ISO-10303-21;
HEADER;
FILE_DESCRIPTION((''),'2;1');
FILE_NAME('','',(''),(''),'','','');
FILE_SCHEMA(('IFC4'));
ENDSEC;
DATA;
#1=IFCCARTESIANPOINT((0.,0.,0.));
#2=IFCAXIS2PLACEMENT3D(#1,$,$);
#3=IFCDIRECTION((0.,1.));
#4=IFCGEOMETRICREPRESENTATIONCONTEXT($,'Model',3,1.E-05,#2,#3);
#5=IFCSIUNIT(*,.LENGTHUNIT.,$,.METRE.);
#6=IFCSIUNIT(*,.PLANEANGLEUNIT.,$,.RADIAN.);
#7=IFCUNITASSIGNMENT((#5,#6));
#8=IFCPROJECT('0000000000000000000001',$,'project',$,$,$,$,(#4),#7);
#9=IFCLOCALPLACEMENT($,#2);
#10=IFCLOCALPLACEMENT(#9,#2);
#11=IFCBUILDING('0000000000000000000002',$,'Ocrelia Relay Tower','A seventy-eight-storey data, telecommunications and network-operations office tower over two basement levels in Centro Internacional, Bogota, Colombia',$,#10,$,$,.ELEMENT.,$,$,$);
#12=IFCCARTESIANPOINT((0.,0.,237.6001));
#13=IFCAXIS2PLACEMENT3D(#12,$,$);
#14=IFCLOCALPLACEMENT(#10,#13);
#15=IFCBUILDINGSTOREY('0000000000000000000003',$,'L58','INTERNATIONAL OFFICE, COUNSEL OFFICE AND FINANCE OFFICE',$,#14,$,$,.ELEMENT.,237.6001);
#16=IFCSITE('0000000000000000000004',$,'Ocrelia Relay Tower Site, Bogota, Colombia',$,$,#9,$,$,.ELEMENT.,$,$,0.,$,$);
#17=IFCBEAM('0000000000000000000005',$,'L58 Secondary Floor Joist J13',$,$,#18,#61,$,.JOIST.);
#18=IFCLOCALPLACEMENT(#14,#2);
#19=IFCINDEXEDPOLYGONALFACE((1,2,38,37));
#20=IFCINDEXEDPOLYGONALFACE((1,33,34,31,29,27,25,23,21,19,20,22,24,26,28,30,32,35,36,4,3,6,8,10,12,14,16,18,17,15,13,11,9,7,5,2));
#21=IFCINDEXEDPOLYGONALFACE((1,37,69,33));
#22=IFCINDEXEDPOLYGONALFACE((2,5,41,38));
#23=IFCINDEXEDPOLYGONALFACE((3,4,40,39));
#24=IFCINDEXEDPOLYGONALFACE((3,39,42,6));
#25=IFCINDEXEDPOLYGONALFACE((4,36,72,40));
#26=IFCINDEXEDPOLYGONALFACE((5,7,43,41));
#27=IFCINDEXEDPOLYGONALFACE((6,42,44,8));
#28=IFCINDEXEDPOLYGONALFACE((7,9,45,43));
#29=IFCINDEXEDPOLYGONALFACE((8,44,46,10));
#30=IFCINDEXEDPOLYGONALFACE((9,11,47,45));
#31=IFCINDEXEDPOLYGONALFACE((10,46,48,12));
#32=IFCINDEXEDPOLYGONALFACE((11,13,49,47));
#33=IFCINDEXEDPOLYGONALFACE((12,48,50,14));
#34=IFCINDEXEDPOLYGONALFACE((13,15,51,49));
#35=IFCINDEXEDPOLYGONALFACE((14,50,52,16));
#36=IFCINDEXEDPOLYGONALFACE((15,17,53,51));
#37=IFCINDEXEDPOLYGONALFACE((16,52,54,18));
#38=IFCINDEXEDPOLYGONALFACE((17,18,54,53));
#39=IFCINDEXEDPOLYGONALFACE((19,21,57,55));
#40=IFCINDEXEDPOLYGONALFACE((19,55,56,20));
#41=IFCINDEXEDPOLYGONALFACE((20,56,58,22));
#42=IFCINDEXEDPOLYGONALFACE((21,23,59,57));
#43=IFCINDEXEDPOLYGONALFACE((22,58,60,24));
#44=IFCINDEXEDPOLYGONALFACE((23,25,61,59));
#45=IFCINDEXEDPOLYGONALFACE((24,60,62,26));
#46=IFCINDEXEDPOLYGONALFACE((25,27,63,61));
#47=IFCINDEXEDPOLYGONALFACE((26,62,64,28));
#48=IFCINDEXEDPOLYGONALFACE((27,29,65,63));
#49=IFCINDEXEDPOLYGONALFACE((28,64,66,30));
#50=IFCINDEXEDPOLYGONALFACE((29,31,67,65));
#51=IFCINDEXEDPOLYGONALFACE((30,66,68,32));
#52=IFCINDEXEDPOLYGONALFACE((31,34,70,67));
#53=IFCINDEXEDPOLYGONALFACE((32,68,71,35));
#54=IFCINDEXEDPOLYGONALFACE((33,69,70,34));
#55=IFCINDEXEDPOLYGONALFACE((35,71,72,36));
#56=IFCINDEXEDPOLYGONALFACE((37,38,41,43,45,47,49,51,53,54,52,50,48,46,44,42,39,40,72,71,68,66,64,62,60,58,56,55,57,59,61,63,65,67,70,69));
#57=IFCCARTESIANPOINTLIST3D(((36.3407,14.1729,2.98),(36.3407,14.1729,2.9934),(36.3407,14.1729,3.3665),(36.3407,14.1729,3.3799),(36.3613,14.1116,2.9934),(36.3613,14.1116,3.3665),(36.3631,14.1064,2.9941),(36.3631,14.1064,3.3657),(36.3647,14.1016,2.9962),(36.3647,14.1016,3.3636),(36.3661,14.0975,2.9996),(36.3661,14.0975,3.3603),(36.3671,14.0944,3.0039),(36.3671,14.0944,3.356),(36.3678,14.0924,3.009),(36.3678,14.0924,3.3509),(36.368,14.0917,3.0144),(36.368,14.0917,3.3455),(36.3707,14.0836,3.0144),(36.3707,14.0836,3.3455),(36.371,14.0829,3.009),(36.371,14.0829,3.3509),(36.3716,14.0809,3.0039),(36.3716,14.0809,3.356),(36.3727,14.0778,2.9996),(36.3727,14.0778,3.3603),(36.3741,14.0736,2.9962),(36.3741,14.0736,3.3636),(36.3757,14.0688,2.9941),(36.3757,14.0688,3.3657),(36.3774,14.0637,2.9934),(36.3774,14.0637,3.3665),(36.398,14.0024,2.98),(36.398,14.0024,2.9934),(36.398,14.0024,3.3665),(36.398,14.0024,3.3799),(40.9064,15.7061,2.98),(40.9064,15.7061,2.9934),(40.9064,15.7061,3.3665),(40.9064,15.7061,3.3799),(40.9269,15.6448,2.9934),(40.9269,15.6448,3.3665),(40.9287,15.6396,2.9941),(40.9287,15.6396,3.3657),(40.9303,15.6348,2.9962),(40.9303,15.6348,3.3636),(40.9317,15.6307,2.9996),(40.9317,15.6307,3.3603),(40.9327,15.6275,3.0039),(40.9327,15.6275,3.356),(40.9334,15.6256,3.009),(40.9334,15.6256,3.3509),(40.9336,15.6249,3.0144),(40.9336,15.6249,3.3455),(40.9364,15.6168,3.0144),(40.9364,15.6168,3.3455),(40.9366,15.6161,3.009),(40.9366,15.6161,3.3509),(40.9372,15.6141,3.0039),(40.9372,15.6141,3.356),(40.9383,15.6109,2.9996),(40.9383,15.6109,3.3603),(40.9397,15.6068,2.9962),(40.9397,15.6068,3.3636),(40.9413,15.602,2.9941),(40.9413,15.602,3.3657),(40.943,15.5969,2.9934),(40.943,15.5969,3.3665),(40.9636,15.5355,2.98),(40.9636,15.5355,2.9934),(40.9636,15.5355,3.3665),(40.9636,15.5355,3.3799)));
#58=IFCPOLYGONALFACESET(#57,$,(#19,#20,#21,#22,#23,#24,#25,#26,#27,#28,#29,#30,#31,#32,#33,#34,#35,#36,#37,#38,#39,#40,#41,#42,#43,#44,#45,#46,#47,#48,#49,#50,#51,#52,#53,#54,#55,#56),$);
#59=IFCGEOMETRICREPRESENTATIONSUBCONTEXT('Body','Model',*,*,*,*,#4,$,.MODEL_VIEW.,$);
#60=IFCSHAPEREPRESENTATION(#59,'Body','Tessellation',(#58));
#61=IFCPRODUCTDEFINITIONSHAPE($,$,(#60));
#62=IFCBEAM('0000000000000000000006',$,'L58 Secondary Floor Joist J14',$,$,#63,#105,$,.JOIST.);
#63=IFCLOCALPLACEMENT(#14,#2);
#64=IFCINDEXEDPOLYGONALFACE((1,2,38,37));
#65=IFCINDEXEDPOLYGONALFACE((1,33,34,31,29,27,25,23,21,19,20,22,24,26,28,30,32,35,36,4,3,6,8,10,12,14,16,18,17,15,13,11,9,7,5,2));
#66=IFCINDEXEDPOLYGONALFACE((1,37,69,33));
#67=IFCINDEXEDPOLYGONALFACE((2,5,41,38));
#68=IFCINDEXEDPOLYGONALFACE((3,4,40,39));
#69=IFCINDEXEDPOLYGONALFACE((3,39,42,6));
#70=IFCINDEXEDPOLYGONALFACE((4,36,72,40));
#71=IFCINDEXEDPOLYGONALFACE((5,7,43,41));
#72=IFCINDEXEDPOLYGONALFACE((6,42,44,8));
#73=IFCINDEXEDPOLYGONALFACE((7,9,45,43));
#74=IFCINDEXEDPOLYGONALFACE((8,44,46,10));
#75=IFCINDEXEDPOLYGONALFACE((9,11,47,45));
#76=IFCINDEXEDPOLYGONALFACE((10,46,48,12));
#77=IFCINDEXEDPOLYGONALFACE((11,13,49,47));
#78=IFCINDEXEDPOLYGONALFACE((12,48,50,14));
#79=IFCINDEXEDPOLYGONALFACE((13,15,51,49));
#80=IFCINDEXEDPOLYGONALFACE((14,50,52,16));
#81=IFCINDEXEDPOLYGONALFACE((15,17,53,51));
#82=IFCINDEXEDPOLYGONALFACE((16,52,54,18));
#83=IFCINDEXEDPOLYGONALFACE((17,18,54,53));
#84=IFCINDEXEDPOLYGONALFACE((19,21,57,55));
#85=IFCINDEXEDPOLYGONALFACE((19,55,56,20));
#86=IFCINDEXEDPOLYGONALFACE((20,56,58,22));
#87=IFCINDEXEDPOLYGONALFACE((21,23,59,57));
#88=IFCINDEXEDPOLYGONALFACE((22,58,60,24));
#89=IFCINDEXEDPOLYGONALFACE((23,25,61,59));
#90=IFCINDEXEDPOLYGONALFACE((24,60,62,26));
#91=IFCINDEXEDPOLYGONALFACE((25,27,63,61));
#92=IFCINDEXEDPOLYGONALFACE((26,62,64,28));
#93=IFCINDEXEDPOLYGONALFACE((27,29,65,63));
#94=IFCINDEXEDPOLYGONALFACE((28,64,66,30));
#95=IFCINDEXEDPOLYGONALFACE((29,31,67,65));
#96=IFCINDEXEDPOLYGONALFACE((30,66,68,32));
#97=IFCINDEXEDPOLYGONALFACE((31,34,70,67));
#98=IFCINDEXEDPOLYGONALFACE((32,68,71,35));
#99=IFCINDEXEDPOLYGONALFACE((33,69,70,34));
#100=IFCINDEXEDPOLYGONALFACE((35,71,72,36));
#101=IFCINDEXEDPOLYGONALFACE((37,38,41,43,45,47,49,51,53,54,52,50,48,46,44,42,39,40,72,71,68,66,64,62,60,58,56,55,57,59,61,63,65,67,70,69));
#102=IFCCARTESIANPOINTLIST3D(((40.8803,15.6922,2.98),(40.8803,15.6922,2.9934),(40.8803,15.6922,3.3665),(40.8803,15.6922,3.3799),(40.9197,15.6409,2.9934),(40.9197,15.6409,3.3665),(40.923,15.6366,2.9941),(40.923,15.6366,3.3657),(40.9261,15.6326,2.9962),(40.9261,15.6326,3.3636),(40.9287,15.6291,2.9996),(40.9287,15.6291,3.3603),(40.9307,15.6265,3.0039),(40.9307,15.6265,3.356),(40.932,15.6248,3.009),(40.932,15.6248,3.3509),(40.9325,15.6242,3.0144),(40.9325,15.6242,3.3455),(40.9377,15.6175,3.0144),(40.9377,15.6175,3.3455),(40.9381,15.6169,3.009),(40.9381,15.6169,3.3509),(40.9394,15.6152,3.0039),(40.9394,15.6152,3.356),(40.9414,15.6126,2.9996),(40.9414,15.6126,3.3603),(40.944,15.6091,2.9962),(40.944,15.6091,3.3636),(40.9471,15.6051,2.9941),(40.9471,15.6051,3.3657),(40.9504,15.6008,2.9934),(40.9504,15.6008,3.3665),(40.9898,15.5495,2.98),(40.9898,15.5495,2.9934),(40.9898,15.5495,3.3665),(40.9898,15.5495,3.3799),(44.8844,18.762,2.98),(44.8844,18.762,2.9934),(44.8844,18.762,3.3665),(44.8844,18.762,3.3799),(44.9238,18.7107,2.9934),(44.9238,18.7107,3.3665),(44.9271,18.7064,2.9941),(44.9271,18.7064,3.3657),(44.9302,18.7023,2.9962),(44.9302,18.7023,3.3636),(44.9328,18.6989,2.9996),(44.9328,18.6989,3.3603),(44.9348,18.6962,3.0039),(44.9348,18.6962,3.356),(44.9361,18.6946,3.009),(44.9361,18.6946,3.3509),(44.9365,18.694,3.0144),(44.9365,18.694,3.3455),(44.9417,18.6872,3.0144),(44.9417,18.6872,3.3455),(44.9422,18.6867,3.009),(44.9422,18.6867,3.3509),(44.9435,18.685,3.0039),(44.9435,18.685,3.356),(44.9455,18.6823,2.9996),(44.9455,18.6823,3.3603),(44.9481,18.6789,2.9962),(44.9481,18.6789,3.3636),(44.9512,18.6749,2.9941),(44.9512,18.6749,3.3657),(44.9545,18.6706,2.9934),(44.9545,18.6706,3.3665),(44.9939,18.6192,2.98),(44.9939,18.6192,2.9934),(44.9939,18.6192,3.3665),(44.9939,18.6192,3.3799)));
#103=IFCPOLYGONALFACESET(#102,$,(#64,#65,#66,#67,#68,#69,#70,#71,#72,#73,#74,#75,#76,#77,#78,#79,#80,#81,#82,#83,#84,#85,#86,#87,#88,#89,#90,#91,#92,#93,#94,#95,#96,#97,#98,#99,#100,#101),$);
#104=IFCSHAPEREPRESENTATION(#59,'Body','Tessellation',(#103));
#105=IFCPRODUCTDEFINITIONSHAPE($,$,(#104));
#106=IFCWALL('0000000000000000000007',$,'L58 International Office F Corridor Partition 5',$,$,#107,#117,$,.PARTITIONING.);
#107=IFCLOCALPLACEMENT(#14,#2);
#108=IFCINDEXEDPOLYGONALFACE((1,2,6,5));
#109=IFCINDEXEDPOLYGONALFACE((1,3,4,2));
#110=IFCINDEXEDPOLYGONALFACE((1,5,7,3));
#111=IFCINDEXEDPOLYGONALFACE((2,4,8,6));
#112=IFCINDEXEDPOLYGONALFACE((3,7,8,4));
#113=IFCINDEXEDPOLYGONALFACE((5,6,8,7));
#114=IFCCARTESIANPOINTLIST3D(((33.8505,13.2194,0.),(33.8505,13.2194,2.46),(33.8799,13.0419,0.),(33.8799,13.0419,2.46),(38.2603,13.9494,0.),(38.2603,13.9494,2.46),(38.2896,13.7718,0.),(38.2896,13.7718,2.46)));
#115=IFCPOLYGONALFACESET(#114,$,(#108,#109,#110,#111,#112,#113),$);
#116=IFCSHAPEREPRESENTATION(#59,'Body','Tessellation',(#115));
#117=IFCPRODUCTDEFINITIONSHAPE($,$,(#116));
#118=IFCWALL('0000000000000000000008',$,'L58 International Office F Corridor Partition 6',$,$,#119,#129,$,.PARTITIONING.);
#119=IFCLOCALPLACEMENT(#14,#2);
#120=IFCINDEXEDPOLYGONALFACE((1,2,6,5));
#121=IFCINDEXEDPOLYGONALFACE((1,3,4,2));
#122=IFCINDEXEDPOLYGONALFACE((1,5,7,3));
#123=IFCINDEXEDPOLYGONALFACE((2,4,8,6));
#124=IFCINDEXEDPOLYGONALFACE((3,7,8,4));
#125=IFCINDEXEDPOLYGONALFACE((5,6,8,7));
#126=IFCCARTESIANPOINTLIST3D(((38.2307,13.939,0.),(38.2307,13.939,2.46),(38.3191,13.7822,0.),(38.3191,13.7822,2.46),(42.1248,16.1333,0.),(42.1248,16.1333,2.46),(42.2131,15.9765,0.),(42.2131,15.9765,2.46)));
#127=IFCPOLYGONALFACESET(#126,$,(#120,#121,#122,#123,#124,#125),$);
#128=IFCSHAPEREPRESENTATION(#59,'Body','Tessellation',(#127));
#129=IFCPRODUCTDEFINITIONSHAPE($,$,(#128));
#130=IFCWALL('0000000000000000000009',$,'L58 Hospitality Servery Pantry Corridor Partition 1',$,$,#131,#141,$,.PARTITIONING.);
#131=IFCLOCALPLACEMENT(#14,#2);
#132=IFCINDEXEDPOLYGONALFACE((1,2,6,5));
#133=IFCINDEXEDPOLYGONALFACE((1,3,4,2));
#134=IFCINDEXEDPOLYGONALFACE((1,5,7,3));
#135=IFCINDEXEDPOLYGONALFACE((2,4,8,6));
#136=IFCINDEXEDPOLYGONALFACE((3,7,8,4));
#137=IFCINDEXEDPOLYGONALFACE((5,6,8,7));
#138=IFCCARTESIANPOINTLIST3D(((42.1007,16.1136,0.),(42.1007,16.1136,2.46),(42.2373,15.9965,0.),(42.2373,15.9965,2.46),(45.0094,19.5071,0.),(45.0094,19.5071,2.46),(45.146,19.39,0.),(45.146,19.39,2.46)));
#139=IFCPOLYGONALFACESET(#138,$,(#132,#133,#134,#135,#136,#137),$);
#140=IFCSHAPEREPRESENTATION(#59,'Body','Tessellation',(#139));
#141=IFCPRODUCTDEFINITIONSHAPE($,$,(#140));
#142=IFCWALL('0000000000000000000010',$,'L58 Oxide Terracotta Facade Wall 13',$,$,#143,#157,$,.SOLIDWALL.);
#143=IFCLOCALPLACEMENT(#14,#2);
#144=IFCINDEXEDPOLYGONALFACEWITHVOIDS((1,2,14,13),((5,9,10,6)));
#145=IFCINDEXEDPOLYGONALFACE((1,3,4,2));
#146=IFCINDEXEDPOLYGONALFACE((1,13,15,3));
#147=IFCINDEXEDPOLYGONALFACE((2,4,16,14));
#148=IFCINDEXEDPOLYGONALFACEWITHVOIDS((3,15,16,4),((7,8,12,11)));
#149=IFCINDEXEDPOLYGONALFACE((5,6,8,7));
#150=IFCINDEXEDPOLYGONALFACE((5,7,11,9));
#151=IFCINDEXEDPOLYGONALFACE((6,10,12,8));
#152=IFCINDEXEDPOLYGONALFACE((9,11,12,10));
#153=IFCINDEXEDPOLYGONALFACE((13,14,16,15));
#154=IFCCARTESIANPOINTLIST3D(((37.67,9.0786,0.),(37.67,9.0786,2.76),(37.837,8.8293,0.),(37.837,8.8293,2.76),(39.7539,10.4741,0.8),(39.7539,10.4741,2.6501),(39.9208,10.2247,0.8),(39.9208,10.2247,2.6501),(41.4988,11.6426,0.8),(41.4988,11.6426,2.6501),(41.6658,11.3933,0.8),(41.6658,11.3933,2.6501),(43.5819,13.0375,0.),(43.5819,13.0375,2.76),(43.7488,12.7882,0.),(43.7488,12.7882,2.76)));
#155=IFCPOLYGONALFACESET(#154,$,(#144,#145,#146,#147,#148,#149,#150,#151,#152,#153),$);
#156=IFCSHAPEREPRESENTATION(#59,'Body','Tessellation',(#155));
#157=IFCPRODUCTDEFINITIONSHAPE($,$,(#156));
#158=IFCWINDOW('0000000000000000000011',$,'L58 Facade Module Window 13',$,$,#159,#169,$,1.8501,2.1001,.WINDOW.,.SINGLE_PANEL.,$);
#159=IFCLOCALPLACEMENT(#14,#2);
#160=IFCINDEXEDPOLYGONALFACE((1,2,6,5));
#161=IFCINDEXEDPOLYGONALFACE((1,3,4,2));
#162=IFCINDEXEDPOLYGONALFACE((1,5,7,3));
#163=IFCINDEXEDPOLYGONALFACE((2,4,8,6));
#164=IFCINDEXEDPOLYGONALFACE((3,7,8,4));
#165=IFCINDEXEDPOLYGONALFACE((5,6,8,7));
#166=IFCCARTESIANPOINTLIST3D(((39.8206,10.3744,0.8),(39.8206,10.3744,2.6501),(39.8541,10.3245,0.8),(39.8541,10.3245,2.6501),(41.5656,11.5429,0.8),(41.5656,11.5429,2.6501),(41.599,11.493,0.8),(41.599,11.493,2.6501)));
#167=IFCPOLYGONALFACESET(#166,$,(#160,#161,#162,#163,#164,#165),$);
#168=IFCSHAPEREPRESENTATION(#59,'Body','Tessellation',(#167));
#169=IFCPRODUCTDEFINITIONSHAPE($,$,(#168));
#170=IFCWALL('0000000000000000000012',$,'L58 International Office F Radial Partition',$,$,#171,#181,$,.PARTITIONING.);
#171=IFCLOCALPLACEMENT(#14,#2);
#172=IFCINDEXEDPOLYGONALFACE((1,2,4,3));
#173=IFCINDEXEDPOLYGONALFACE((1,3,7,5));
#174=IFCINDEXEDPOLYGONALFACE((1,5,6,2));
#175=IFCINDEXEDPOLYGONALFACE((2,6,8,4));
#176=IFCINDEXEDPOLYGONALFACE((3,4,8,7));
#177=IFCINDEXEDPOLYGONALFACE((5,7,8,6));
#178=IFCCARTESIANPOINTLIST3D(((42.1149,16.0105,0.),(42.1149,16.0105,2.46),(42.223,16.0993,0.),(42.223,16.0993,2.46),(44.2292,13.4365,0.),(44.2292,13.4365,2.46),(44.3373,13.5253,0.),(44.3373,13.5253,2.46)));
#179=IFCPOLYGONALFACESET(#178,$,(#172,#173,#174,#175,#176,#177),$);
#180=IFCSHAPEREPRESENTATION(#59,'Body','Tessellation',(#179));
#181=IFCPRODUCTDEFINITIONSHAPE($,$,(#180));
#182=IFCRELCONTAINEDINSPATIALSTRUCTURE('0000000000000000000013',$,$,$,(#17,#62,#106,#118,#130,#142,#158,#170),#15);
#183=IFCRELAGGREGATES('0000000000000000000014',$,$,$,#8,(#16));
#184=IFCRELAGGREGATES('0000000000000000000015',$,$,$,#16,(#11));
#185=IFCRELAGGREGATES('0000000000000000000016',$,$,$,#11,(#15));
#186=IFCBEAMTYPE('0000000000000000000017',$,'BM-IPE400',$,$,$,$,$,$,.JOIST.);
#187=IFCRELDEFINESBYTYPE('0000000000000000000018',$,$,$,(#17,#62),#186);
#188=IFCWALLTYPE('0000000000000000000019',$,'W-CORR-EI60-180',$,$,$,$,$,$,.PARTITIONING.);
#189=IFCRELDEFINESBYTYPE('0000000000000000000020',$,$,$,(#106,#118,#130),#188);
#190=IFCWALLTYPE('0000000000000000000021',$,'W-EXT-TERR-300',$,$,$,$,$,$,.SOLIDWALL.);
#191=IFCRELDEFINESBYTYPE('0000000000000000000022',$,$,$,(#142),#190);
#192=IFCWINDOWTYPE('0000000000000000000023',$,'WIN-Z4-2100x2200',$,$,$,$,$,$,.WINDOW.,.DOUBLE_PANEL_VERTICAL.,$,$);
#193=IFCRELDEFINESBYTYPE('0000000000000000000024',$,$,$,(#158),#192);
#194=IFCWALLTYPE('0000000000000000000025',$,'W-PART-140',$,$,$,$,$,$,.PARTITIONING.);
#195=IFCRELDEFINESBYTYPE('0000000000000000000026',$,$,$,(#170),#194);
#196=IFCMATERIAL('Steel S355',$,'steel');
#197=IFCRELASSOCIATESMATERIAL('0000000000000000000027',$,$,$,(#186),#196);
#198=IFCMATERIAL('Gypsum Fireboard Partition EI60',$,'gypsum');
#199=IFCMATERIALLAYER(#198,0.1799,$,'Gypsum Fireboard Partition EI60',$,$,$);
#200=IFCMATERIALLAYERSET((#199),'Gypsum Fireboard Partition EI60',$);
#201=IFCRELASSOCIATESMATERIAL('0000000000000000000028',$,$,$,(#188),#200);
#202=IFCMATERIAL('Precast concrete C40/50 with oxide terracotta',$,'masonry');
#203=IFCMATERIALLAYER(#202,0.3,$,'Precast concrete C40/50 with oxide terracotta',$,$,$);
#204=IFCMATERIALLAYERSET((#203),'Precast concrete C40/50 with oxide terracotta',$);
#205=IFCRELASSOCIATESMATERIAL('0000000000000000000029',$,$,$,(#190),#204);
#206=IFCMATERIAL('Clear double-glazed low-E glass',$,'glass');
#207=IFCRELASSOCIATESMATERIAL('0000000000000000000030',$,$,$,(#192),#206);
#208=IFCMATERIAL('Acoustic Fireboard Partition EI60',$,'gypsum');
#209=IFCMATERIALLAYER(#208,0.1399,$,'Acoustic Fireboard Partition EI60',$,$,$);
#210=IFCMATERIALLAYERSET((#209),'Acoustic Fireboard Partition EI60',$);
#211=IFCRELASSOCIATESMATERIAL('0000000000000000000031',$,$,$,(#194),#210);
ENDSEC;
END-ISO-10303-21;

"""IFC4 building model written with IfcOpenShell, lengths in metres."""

from ifc_helpers import new_model, si_unit, direction, frame, frame_2d, origin, origin_2d, place, context, subcontext, project, spatial, rectangle, i_section, extrude, material, layer, layer_set, material_profile, profile_set, type_object, element, fill, save


model = new_model("IFC4")

# Units and contexts
model_context = context("Model", 3, precision=1e-05, world=origin(), true_north=direction((0.0, 1.0)))
body_context = subcontext(model_context, "Body", "Model", "MODEL_VIEW")
ifc_project = project(units=[si_unit("LENGTHUNIT", "METRE"), si_unit("PLANEANGLEUNIT", "RADIAN")], contexts=[model_context])

# Site, building, storey
site_placement = place(None, origin())
site = spatial("IfcSite", under=ifc_project, at=site_placement, Name="Ocrelia Relay Tower Site, Bogota, Colombia", CompositionType="ELEMENT", RefElevation=0.0)
building_placement = place(site_placement, origin())
building = spatial("IfcBuilding", under=site, at=building_placement, Name="Ocrelia Relay Tower", Description="A seventy-eight-storey data, telecommunications and network-operations office tower over two basement levels in Centro Internacional, Bogota, Colombia", CompositionType="ELEMENT")
storey_placement = place(building_placement, frame((0.0, 0.0, 237.6001)))
storey = spatial("IfcBuildingStorey", under=building, at=storey_placement, Name="L58", Description="INTERNATIONAL OFFICE, COUNSEL OFFICE AND FINANCE OFFICE", CompositionType="ELEMENT", Elevation=237.6001)

# Beams
ifc_material_1 = material(Name="Steel S355", Category="steel")
ifc_material_profile_1 = material_profile(ifc_material_1, i_section(OverallWidth=0.1799, OverallDepth=0.3999, WebThickness=0.0085, FlangeThickness=0.0134, FilletRadius=0.021, at=origin_2d()), Name="IPE 400")
ifc_profile_set_1 = profile_set([ifc_material_profile_1], Name="Steel S355")
beam_type_1 = type_object("IfcBeamType", Name="BM-IPE400", PredefinedType="JOIST", material=ifc_profile_set_1)
beam_1_placement = place(storey_placement, frame((36.3694, 14.0876, 3.1799), z_axis=(0.947976, 0.318341, 0.0), x_axis=(-0.318341, 0.947976, 0.0)))
element("IfcBeam", 1, at=beam_1_placement, inside=storey, type_object=beam_type_1, Name="L58 Secondary Floor Joist J13", PredefinedType="JOIST", context=body_context, shape_type="SweptSolid", body=[
    extrude(i_section(OverallWidth=0.1799, OverallDepth=0.3999, WebThickness=0.0085, FlangeThickness=0.0134, FilletRadius=0.021, at=origin_2d()), origin(), (0.0, 0.0, 1.0), 4.8162),
])
beam_2_placement = place(storey_placement, frame((40.9351, 15.6208, 3.1799), z_axis=(0.793609, 0.608428, 0.0), x_axis=(-0.608428, 0.793609, 0.0)))
element("IfcBeam", 2, at=beam_2_placement, inside=storey, type_object=beam_type_1, Name="L58 Secondary Floor Joist J14", PredefinedType="JOIST", context=body_context, shape_type="SweptSolid", body=[
    extrude(i_section(OverallWidth=0.1799, OverallDepth=0.3999, WebThickness=0.0085, FlangeThickness=0.0134, FilletRadius=0.021, at=origin_2d()), origin(), (0.0, 0.0, 1.0), 5.0454),
])

# Walls
ifc_material_2 = material(Name="Gypsum Fireboard Partition EI60", Category="gypsum")
ifc_layer_1 = layer(ifc_material_2, 0.1799, Name="Gypsum Fireboard Partition EI60")
ifc_layer_set_1 = layer_set([ifc_layer_1], Name="Gypsum Fireboard Partition EI60")
wall_type_1 = type_object("IfcWallType", Name="W-CORR-EI60-180", PredefinedType="PARTITIONING", material=ifc_layer_set_1)
for number, where, z_axis, x_axis, name in (
    (3, (33.8652, 13.1306, 0.0), (0.0, 0.0, 1.0), (0.986573, 0.163318, 0.0), "L58 International Office F Corridor Partition 5"),
    (4, (38.2749, 13.8606, 0.0), (0.0, 0.0, 1.0), (0.871199, 0.49093, 0.0), "L58 International Office F Corridor Partition 6"),
):
    element("IfcWall", number, at=place(storey_placement, frame(where, z_axis=z_axis, x_axis=x_axis)), inside=storey, type_object=wall_type_1, Name=name, PredefinedType="PARTITIONING", context=body_context, shape_type="SweptSolid", body=[
        extrude(rectangle(XDim=4.4697, YDim=0.1799, at=frame_2d((2.2349, 0.0))), origin(), (0.0, 0.0, 1.0), 2.46),
    ])
wall_1_placement = place(storey_placement, frame((42.1689, 16.0549, 0.0), z_axis=(0.0, 0.0, 1.0), x_axis=(0.650782, 0.759264, 0.0)))
element("IfcWall", 5, at=wall_1_placement, inside=storey, type_object=wall_type_1, Name="L58 Hospitality Servery Pantry Corridor Partition 1", PredefinedType="PARTITIONING", context=body_context, shape_type="SweptSolid", body=[
    extrude(rectangle(XDim=4.4695, YDim=0.1799, at=frame_2d((2.2349, 0.0))), origin(), (0.0, 0.0, 1.0), 2.46),
])

# Wall, opening, window
ifc_material_3 = material(Name="Precast concrete C40/50 with oxide terracotta", Category="masonry")
ifc_layer_2 = layer(ifc_material_3, 0.3, Name="Precast concrete C40/50 with oxide terracotta")
ifc_layer_set_2 = layer_set([ifc_layer_2], Name="Precast concrete C40/50 with oxide terracotta")
wall_type_2 = type_object("IfcWallType", Name="W-EXT-TERR-300", PredefinedType="SOLIDWALL", material=ifc_layer_set_2)
wall_2_placement = place(storey_placement, frame((37.7534, 8.9539, 0.0), z_axis=(0.0, 0.0, 1.0), x_axis=(0.830898, 0.556425, 0.0)))
wall_2 = element("IfcWall", 6, at=wall_2_placement, inside=storey, type_object=wall_type_2, Name="L58 Oxide Terracotta Facade Wall 13", PredefinedType="SOLIDWALL", context=body_context, shape_type="SweptSolid", body=[
    extrude(rectangle(XDim=7.115, YDim=0.3, at=frame_2d((3.5576, 0.0))), origin(), (0.0, 0.0, 1.0), 2.76),
])
opening_placement = place(wall_2_placement, frame((2.5081, 0.0, 0.8)))
opening = element("IfcOpeningElement", 7, at=opening_placement, cuts=wall_2, PredefinedType="OPENING", context=body_context, shape_type="SweptSolid", body=[
    extrude(rectangle(XDim=2.1001, YDim=1.8501, at=frame_2d((1.05, 0.925))), frame((0.0, 0.1602, 0.0), z_axis=(0.0, -1.0, 0.0), x_axis=(1.0, 0.0, 0.0)), (0.0, 0.0, 1.0), 0.3201),
])
ifc_material_4 = material(Name="Clear double-glazed low-E glass", Category="glass")
window_type = type_object("IfcWindowType", Name="WIN-Z4-2100x2200", PartitioningType="DOUBLE_PANEL_VERTICAL", PredefinedType="WINDOW", material=ifc_material_4)
window_placement = place(opening_placement, origin())
window = element("IfcWindow", 8, at=window_placement, inside=storey, type_object=window_type, Name="L58 Facade Module Window 13", OverallHeight=1.8501, OverallWidth=2.1001, PartitioningType="SINGLE_PANEL", PredefinedType="WINDOW", context=body_context, shape_type="SweptSolid", body=[
    extrude(rectangle(XDim=2.1001, YDim=1.8501, at=frame_2d((1.05, 0.925))), frame((0.0, 0.03, 0.0), z_axis=(0.0, -1.0, 0.0), x_axis=(1.0, 0.0, 0.0)), (0.0, 0.0, 1.0), 0.0601),
])
fill(opening, window)

# Wall
ifc_material_5 = material(Name="Acoustic Fireboard Partition EI60", Category="gypsum")
ifc_layer_3 = layer(ifc_material_5, 0.1399, Name="Acoustic Fireboard Partition EI60")
ifc_layer_set_3 = layer_set([ifc_layer_3], Name="Acoustic Fireboard Partition EI60")
wall_type_3 = type_object("IfcWallType", Name="W-PART-140", PredefinedType="PARTITIONING", material=ifc_layer_set_3)
wall_3_placement = place(storey_placement, frame((42.1689, 16.0549, 0.0), z_axis=(0.0, 0.0, 1.0), x_axis=(0.634725, -0.772738, 0.0)))
element("IfcWall", 9, at=wall_3_placement, inside=storey, type_object=wall_type_3, Name="L58 International Office F Radial Partition", PredefinedType="PARTITIONING", context=body_context, shape_type="SweptSolid", body=[
    extrude(rectangle(XDim=3.3311, YDim=0.1399, at=frame_2d((1.6655, 0.0))), origin(), (0.0, 0.0, 1.0), 2.46),
])

save(model, "model.ifc")
